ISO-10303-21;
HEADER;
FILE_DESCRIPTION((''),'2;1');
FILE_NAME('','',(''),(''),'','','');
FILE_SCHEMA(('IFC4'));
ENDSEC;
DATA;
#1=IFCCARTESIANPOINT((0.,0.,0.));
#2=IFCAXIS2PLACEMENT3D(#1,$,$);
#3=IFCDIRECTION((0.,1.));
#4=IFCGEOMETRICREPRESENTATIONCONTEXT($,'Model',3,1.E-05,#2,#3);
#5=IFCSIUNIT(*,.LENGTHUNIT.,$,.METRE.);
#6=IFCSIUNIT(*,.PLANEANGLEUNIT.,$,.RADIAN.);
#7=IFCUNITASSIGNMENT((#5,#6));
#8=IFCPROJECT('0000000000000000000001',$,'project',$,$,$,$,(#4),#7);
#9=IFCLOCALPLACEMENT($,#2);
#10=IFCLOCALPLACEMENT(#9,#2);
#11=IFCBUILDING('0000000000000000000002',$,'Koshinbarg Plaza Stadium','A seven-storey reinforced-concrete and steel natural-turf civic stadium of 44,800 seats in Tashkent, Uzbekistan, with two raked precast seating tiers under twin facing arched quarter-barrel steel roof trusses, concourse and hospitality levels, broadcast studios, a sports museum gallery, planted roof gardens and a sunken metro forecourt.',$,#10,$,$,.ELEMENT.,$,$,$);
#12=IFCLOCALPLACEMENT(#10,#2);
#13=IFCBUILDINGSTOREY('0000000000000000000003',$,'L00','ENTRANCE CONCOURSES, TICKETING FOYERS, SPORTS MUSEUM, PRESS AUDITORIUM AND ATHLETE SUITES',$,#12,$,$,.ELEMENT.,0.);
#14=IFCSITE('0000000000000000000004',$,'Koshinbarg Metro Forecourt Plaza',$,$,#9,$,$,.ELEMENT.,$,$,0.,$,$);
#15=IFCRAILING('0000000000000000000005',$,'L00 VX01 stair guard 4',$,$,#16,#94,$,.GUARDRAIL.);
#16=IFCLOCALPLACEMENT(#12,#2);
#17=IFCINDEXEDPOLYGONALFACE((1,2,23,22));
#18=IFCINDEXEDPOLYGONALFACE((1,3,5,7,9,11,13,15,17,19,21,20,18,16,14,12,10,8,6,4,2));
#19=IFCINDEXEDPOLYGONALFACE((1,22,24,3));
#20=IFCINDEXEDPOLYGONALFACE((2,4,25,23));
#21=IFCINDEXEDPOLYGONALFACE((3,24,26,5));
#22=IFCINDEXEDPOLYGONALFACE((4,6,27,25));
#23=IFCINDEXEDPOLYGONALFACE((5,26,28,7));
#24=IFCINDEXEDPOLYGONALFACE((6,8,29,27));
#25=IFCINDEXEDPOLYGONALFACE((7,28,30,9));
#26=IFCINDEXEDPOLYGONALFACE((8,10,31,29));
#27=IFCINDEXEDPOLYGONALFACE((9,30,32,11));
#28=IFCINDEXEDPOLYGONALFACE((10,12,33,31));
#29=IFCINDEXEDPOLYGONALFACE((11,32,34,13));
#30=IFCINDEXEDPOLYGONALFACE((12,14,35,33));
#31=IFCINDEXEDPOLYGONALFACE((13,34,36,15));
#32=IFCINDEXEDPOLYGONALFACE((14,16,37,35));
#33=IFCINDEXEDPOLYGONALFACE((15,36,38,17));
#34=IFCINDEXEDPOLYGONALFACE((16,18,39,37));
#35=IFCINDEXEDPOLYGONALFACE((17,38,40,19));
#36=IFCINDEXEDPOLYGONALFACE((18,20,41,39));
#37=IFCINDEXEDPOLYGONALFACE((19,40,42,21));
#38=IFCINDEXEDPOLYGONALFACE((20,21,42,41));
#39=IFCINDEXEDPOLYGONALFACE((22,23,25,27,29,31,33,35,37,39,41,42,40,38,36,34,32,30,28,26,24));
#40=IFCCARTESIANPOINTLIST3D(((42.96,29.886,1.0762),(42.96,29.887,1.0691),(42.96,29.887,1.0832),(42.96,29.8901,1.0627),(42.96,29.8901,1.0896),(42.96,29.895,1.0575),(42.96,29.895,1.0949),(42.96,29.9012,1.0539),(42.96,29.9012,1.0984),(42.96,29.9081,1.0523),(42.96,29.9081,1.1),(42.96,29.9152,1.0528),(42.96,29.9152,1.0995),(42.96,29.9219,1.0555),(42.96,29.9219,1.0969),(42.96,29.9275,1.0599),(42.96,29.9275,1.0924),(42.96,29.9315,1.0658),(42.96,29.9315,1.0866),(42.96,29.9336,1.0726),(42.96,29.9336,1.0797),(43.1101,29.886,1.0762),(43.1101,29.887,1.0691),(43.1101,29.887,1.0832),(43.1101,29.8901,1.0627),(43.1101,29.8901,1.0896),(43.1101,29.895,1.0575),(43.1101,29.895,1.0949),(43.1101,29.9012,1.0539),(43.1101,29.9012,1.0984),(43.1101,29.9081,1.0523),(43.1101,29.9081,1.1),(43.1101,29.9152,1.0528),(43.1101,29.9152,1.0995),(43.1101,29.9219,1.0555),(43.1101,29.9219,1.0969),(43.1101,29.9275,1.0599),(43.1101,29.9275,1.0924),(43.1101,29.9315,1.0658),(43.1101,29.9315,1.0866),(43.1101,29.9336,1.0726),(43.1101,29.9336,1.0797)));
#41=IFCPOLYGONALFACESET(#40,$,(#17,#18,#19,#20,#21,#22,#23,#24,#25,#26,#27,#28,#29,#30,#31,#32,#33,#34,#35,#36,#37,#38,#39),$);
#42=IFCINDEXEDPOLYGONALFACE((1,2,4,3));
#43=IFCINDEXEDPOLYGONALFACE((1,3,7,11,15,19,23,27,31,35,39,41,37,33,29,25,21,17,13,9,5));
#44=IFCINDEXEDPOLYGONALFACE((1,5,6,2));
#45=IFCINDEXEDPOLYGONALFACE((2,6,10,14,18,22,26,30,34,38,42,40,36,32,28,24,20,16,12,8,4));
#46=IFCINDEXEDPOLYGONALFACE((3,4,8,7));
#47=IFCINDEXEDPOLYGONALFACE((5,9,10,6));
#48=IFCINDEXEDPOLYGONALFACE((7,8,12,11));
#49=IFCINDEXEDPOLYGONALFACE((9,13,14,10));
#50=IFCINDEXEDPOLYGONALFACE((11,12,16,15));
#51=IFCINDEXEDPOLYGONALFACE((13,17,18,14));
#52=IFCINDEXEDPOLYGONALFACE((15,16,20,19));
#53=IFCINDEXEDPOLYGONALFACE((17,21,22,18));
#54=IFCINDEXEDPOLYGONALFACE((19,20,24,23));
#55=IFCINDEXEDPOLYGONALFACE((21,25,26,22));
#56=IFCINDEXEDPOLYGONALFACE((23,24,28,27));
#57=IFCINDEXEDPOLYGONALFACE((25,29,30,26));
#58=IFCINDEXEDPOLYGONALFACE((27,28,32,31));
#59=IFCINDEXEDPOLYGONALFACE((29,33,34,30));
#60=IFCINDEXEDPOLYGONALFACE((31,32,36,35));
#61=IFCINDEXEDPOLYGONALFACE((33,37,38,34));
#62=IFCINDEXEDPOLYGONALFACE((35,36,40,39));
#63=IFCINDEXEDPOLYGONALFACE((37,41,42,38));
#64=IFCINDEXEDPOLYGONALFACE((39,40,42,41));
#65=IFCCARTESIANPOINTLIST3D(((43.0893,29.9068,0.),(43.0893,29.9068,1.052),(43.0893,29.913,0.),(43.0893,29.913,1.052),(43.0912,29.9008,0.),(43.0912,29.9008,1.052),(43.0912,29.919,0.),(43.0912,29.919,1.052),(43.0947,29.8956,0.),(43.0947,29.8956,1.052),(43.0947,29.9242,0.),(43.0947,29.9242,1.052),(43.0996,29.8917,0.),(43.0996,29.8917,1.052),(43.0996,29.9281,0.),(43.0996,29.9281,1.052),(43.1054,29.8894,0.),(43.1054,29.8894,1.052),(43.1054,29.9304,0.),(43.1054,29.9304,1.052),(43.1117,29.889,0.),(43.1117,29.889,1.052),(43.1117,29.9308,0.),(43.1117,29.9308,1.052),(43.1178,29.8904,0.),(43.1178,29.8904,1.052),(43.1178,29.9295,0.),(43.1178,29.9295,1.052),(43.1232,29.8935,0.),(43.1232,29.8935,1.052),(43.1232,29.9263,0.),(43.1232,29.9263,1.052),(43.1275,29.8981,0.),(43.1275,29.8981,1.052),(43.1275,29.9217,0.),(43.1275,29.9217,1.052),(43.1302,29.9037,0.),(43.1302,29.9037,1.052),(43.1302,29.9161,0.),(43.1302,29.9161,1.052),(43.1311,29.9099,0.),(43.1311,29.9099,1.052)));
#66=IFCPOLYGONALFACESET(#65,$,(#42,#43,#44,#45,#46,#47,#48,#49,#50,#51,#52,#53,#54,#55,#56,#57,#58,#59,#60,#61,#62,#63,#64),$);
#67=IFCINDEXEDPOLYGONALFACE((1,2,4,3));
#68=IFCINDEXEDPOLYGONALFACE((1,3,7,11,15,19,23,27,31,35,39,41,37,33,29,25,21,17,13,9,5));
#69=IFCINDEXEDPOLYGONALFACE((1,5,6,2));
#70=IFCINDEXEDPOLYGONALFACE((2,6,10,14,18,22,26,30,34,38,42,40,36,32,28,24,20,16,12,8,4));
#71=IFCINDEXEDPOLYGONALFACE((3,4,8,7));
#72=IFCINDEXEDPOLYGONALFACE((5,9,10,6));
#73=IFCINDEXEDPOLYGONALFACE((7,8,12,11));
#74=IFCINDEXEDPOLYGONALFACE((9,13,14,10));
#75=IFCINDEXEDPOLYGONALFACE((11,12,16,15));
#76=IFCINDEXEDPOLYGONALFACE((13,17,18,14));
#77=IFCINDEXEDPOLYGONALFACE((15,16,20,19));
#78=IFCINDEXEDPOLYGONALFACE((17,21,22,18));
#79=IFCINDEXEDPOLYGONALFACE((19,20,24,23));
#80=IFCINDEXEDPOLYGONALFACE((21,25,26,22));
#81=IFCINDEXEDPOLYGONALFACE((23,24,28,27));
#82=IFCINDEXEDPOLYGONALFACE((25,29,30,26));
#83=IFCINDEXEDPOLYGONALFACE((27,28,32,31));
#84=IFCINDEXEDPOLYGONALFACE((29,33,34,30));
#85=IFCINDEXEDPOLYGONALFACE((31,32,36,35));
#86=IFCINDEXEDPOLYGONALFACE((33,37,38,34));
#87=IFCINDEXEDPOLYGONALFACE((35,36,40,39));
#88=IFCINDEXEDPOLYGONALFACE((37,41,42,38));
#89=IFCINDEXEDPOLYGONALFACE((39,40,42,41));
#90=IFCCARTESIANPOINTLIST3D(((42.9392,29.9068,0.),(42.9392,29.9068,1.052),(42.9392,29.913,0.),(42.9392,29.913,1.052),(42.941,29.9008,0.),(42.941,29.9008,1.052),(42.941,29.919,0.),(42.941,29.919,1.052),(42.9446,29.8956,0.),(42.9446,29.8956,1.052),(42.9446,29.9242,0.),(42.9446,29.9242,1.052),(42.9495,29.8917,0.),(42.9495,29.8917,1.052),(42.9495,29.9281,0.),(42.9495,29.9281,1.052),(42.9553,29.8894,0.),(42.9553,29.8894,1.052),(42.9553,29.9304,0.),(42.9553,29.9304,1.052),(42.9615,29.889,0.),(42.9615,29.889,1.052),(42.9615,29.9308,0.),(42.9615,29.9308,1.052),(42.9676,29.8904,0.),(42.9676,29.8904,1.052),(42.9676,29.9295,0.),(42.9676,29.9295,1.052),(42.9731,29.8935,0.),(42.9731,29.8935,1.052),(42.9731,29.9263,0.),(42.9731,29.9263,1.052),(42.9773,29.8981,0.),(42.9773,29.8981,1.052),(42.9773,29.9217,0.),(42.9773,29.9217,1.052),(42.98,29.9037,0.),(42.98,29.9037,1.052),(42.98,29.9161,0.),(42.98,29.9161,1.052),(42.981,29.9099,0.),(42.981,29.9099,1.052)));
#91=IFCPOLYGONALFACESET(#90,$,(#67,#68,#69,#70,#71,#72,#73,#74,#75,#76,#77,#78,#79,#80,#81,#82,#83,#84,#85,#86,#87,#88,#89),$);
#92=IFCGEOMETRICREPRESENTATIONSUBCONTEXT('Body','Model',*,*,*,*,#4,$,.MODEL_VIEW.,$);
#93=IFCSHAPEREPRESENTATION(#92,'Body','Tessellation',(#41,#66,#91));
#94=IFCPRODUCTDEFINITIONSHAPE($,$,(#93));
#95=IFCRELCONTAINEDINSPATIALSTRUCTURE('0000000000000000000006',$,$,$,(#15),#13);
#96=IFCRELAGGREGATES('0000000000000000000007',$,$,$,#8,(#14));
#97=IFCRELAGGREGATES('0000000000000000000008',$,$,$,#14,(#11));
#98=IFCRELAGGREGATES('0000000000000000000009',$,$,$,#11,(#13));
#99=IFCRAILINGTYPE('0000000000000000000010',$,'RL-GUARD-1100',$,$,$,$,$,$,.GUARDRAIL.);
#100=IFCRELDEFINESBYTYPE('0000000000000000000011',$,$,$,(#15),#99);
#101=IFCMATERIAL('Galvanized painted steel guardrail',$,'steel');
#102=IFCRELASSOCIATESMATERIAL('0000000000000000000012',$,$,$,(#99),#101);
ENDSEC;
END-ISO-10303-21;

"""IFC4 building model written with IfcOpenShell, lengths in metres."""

from ifc_helpers import new_model, si_unit, direction, frame, origin, origin_2d, place, context, subcontext, project, spatial, circle, extrude, material, type_object, element, save


model = new_model("IFC4")

# Units and contexts
model_context = context("Model", 3, precision=1e-05, world=origin(), true_north=direction((0.0, 1.0)))
body_context = subcontext(model_context, "Body", "Model", "MODEL_VIEW")
ifc_project = project(units=[si_unit("LENGTHUNIT", "METRE"), si_unit("PLANEANGLEUNIT", "RADIAN")], contexts=[model_context])

# Site, building, storey
site_placement = place(None, origin())
site = spatial("IfcSite", under=ifc_project, at=site_placement, Name="Koshinbarg Metro Forecourt Plaza", CompositionType="ELEMENT", RefElevation=0.0)
building_placement = place(site_placement, origin())
building = spatial("IfcBuilding", under=site, at=building_placement, Name="Koshinbarg Plaza Stadium", Description="A seven-storey reinforced-concrete and steel natural-turf civic stadium of 44,800 seats in Tashkent, Uzbekistan, with two raked precast seating tiers under twin facing arched quarter-barrel steel roof trusses, concourse and hospitality levels, broadcast studios, a sports museum gallery, planted roof gardens and a sunken metro forecourt.", CompositionType="ELEMENT")
storey_placement = place(building_placement, origin())
storey = spatial("IfcBuildingStorey", under=building, at=storey_placement, Name="L00", Description="ENTRANCE CONCOURSES, TICKETING FOYERS, SPORTS MUSEUM, PRESS AUDITORIUM AND ATHLETE SUITES", CompositionType="ELEMENT", Elevation=0.0)

# Railing
ifc_material_1 = material(Name="Galvanized painted steel guardrail", Category="steel")
railing_type_1 = type_object("IfcRailingType", Name="RL-GUARD-1100", PredefinedType="GUARDRAIL", material=ifc_material_1)
railing_1_placement = place(storey_placement, frame((43.1101, 29.9099, 0.0)))
element("IfcRailing", 1, at=railing_1_placement, inside=storey, type_object=railing_type_1, Name="L00 VX01 stair guard 4", PredefinedType="GUARDRAIL", context=body_context, shape_type="SweptSolid", body=[
    extrude(circle(Radius=0.0239, at=origin_2d()), frame((0.0, 0.0, 1.0762), z_axis=(-1.0, 0.0, 0.0), x_axis=(0.0, -1.0, 0.0)), (0.0, 0.0, 1.0), 0.1501),
    extrude(circle(Radius=0.021, at=origin_2d()), origin(), (0.0, 0.0, 1.0), 1.052),
    extrude(circle(Radius=0.021, at=origin_2d()), frame((-0.1501, 0.0, 0.0)), (0.0, 0.0, 1.0), 1.052),
])

save(model, "model.ifc")
